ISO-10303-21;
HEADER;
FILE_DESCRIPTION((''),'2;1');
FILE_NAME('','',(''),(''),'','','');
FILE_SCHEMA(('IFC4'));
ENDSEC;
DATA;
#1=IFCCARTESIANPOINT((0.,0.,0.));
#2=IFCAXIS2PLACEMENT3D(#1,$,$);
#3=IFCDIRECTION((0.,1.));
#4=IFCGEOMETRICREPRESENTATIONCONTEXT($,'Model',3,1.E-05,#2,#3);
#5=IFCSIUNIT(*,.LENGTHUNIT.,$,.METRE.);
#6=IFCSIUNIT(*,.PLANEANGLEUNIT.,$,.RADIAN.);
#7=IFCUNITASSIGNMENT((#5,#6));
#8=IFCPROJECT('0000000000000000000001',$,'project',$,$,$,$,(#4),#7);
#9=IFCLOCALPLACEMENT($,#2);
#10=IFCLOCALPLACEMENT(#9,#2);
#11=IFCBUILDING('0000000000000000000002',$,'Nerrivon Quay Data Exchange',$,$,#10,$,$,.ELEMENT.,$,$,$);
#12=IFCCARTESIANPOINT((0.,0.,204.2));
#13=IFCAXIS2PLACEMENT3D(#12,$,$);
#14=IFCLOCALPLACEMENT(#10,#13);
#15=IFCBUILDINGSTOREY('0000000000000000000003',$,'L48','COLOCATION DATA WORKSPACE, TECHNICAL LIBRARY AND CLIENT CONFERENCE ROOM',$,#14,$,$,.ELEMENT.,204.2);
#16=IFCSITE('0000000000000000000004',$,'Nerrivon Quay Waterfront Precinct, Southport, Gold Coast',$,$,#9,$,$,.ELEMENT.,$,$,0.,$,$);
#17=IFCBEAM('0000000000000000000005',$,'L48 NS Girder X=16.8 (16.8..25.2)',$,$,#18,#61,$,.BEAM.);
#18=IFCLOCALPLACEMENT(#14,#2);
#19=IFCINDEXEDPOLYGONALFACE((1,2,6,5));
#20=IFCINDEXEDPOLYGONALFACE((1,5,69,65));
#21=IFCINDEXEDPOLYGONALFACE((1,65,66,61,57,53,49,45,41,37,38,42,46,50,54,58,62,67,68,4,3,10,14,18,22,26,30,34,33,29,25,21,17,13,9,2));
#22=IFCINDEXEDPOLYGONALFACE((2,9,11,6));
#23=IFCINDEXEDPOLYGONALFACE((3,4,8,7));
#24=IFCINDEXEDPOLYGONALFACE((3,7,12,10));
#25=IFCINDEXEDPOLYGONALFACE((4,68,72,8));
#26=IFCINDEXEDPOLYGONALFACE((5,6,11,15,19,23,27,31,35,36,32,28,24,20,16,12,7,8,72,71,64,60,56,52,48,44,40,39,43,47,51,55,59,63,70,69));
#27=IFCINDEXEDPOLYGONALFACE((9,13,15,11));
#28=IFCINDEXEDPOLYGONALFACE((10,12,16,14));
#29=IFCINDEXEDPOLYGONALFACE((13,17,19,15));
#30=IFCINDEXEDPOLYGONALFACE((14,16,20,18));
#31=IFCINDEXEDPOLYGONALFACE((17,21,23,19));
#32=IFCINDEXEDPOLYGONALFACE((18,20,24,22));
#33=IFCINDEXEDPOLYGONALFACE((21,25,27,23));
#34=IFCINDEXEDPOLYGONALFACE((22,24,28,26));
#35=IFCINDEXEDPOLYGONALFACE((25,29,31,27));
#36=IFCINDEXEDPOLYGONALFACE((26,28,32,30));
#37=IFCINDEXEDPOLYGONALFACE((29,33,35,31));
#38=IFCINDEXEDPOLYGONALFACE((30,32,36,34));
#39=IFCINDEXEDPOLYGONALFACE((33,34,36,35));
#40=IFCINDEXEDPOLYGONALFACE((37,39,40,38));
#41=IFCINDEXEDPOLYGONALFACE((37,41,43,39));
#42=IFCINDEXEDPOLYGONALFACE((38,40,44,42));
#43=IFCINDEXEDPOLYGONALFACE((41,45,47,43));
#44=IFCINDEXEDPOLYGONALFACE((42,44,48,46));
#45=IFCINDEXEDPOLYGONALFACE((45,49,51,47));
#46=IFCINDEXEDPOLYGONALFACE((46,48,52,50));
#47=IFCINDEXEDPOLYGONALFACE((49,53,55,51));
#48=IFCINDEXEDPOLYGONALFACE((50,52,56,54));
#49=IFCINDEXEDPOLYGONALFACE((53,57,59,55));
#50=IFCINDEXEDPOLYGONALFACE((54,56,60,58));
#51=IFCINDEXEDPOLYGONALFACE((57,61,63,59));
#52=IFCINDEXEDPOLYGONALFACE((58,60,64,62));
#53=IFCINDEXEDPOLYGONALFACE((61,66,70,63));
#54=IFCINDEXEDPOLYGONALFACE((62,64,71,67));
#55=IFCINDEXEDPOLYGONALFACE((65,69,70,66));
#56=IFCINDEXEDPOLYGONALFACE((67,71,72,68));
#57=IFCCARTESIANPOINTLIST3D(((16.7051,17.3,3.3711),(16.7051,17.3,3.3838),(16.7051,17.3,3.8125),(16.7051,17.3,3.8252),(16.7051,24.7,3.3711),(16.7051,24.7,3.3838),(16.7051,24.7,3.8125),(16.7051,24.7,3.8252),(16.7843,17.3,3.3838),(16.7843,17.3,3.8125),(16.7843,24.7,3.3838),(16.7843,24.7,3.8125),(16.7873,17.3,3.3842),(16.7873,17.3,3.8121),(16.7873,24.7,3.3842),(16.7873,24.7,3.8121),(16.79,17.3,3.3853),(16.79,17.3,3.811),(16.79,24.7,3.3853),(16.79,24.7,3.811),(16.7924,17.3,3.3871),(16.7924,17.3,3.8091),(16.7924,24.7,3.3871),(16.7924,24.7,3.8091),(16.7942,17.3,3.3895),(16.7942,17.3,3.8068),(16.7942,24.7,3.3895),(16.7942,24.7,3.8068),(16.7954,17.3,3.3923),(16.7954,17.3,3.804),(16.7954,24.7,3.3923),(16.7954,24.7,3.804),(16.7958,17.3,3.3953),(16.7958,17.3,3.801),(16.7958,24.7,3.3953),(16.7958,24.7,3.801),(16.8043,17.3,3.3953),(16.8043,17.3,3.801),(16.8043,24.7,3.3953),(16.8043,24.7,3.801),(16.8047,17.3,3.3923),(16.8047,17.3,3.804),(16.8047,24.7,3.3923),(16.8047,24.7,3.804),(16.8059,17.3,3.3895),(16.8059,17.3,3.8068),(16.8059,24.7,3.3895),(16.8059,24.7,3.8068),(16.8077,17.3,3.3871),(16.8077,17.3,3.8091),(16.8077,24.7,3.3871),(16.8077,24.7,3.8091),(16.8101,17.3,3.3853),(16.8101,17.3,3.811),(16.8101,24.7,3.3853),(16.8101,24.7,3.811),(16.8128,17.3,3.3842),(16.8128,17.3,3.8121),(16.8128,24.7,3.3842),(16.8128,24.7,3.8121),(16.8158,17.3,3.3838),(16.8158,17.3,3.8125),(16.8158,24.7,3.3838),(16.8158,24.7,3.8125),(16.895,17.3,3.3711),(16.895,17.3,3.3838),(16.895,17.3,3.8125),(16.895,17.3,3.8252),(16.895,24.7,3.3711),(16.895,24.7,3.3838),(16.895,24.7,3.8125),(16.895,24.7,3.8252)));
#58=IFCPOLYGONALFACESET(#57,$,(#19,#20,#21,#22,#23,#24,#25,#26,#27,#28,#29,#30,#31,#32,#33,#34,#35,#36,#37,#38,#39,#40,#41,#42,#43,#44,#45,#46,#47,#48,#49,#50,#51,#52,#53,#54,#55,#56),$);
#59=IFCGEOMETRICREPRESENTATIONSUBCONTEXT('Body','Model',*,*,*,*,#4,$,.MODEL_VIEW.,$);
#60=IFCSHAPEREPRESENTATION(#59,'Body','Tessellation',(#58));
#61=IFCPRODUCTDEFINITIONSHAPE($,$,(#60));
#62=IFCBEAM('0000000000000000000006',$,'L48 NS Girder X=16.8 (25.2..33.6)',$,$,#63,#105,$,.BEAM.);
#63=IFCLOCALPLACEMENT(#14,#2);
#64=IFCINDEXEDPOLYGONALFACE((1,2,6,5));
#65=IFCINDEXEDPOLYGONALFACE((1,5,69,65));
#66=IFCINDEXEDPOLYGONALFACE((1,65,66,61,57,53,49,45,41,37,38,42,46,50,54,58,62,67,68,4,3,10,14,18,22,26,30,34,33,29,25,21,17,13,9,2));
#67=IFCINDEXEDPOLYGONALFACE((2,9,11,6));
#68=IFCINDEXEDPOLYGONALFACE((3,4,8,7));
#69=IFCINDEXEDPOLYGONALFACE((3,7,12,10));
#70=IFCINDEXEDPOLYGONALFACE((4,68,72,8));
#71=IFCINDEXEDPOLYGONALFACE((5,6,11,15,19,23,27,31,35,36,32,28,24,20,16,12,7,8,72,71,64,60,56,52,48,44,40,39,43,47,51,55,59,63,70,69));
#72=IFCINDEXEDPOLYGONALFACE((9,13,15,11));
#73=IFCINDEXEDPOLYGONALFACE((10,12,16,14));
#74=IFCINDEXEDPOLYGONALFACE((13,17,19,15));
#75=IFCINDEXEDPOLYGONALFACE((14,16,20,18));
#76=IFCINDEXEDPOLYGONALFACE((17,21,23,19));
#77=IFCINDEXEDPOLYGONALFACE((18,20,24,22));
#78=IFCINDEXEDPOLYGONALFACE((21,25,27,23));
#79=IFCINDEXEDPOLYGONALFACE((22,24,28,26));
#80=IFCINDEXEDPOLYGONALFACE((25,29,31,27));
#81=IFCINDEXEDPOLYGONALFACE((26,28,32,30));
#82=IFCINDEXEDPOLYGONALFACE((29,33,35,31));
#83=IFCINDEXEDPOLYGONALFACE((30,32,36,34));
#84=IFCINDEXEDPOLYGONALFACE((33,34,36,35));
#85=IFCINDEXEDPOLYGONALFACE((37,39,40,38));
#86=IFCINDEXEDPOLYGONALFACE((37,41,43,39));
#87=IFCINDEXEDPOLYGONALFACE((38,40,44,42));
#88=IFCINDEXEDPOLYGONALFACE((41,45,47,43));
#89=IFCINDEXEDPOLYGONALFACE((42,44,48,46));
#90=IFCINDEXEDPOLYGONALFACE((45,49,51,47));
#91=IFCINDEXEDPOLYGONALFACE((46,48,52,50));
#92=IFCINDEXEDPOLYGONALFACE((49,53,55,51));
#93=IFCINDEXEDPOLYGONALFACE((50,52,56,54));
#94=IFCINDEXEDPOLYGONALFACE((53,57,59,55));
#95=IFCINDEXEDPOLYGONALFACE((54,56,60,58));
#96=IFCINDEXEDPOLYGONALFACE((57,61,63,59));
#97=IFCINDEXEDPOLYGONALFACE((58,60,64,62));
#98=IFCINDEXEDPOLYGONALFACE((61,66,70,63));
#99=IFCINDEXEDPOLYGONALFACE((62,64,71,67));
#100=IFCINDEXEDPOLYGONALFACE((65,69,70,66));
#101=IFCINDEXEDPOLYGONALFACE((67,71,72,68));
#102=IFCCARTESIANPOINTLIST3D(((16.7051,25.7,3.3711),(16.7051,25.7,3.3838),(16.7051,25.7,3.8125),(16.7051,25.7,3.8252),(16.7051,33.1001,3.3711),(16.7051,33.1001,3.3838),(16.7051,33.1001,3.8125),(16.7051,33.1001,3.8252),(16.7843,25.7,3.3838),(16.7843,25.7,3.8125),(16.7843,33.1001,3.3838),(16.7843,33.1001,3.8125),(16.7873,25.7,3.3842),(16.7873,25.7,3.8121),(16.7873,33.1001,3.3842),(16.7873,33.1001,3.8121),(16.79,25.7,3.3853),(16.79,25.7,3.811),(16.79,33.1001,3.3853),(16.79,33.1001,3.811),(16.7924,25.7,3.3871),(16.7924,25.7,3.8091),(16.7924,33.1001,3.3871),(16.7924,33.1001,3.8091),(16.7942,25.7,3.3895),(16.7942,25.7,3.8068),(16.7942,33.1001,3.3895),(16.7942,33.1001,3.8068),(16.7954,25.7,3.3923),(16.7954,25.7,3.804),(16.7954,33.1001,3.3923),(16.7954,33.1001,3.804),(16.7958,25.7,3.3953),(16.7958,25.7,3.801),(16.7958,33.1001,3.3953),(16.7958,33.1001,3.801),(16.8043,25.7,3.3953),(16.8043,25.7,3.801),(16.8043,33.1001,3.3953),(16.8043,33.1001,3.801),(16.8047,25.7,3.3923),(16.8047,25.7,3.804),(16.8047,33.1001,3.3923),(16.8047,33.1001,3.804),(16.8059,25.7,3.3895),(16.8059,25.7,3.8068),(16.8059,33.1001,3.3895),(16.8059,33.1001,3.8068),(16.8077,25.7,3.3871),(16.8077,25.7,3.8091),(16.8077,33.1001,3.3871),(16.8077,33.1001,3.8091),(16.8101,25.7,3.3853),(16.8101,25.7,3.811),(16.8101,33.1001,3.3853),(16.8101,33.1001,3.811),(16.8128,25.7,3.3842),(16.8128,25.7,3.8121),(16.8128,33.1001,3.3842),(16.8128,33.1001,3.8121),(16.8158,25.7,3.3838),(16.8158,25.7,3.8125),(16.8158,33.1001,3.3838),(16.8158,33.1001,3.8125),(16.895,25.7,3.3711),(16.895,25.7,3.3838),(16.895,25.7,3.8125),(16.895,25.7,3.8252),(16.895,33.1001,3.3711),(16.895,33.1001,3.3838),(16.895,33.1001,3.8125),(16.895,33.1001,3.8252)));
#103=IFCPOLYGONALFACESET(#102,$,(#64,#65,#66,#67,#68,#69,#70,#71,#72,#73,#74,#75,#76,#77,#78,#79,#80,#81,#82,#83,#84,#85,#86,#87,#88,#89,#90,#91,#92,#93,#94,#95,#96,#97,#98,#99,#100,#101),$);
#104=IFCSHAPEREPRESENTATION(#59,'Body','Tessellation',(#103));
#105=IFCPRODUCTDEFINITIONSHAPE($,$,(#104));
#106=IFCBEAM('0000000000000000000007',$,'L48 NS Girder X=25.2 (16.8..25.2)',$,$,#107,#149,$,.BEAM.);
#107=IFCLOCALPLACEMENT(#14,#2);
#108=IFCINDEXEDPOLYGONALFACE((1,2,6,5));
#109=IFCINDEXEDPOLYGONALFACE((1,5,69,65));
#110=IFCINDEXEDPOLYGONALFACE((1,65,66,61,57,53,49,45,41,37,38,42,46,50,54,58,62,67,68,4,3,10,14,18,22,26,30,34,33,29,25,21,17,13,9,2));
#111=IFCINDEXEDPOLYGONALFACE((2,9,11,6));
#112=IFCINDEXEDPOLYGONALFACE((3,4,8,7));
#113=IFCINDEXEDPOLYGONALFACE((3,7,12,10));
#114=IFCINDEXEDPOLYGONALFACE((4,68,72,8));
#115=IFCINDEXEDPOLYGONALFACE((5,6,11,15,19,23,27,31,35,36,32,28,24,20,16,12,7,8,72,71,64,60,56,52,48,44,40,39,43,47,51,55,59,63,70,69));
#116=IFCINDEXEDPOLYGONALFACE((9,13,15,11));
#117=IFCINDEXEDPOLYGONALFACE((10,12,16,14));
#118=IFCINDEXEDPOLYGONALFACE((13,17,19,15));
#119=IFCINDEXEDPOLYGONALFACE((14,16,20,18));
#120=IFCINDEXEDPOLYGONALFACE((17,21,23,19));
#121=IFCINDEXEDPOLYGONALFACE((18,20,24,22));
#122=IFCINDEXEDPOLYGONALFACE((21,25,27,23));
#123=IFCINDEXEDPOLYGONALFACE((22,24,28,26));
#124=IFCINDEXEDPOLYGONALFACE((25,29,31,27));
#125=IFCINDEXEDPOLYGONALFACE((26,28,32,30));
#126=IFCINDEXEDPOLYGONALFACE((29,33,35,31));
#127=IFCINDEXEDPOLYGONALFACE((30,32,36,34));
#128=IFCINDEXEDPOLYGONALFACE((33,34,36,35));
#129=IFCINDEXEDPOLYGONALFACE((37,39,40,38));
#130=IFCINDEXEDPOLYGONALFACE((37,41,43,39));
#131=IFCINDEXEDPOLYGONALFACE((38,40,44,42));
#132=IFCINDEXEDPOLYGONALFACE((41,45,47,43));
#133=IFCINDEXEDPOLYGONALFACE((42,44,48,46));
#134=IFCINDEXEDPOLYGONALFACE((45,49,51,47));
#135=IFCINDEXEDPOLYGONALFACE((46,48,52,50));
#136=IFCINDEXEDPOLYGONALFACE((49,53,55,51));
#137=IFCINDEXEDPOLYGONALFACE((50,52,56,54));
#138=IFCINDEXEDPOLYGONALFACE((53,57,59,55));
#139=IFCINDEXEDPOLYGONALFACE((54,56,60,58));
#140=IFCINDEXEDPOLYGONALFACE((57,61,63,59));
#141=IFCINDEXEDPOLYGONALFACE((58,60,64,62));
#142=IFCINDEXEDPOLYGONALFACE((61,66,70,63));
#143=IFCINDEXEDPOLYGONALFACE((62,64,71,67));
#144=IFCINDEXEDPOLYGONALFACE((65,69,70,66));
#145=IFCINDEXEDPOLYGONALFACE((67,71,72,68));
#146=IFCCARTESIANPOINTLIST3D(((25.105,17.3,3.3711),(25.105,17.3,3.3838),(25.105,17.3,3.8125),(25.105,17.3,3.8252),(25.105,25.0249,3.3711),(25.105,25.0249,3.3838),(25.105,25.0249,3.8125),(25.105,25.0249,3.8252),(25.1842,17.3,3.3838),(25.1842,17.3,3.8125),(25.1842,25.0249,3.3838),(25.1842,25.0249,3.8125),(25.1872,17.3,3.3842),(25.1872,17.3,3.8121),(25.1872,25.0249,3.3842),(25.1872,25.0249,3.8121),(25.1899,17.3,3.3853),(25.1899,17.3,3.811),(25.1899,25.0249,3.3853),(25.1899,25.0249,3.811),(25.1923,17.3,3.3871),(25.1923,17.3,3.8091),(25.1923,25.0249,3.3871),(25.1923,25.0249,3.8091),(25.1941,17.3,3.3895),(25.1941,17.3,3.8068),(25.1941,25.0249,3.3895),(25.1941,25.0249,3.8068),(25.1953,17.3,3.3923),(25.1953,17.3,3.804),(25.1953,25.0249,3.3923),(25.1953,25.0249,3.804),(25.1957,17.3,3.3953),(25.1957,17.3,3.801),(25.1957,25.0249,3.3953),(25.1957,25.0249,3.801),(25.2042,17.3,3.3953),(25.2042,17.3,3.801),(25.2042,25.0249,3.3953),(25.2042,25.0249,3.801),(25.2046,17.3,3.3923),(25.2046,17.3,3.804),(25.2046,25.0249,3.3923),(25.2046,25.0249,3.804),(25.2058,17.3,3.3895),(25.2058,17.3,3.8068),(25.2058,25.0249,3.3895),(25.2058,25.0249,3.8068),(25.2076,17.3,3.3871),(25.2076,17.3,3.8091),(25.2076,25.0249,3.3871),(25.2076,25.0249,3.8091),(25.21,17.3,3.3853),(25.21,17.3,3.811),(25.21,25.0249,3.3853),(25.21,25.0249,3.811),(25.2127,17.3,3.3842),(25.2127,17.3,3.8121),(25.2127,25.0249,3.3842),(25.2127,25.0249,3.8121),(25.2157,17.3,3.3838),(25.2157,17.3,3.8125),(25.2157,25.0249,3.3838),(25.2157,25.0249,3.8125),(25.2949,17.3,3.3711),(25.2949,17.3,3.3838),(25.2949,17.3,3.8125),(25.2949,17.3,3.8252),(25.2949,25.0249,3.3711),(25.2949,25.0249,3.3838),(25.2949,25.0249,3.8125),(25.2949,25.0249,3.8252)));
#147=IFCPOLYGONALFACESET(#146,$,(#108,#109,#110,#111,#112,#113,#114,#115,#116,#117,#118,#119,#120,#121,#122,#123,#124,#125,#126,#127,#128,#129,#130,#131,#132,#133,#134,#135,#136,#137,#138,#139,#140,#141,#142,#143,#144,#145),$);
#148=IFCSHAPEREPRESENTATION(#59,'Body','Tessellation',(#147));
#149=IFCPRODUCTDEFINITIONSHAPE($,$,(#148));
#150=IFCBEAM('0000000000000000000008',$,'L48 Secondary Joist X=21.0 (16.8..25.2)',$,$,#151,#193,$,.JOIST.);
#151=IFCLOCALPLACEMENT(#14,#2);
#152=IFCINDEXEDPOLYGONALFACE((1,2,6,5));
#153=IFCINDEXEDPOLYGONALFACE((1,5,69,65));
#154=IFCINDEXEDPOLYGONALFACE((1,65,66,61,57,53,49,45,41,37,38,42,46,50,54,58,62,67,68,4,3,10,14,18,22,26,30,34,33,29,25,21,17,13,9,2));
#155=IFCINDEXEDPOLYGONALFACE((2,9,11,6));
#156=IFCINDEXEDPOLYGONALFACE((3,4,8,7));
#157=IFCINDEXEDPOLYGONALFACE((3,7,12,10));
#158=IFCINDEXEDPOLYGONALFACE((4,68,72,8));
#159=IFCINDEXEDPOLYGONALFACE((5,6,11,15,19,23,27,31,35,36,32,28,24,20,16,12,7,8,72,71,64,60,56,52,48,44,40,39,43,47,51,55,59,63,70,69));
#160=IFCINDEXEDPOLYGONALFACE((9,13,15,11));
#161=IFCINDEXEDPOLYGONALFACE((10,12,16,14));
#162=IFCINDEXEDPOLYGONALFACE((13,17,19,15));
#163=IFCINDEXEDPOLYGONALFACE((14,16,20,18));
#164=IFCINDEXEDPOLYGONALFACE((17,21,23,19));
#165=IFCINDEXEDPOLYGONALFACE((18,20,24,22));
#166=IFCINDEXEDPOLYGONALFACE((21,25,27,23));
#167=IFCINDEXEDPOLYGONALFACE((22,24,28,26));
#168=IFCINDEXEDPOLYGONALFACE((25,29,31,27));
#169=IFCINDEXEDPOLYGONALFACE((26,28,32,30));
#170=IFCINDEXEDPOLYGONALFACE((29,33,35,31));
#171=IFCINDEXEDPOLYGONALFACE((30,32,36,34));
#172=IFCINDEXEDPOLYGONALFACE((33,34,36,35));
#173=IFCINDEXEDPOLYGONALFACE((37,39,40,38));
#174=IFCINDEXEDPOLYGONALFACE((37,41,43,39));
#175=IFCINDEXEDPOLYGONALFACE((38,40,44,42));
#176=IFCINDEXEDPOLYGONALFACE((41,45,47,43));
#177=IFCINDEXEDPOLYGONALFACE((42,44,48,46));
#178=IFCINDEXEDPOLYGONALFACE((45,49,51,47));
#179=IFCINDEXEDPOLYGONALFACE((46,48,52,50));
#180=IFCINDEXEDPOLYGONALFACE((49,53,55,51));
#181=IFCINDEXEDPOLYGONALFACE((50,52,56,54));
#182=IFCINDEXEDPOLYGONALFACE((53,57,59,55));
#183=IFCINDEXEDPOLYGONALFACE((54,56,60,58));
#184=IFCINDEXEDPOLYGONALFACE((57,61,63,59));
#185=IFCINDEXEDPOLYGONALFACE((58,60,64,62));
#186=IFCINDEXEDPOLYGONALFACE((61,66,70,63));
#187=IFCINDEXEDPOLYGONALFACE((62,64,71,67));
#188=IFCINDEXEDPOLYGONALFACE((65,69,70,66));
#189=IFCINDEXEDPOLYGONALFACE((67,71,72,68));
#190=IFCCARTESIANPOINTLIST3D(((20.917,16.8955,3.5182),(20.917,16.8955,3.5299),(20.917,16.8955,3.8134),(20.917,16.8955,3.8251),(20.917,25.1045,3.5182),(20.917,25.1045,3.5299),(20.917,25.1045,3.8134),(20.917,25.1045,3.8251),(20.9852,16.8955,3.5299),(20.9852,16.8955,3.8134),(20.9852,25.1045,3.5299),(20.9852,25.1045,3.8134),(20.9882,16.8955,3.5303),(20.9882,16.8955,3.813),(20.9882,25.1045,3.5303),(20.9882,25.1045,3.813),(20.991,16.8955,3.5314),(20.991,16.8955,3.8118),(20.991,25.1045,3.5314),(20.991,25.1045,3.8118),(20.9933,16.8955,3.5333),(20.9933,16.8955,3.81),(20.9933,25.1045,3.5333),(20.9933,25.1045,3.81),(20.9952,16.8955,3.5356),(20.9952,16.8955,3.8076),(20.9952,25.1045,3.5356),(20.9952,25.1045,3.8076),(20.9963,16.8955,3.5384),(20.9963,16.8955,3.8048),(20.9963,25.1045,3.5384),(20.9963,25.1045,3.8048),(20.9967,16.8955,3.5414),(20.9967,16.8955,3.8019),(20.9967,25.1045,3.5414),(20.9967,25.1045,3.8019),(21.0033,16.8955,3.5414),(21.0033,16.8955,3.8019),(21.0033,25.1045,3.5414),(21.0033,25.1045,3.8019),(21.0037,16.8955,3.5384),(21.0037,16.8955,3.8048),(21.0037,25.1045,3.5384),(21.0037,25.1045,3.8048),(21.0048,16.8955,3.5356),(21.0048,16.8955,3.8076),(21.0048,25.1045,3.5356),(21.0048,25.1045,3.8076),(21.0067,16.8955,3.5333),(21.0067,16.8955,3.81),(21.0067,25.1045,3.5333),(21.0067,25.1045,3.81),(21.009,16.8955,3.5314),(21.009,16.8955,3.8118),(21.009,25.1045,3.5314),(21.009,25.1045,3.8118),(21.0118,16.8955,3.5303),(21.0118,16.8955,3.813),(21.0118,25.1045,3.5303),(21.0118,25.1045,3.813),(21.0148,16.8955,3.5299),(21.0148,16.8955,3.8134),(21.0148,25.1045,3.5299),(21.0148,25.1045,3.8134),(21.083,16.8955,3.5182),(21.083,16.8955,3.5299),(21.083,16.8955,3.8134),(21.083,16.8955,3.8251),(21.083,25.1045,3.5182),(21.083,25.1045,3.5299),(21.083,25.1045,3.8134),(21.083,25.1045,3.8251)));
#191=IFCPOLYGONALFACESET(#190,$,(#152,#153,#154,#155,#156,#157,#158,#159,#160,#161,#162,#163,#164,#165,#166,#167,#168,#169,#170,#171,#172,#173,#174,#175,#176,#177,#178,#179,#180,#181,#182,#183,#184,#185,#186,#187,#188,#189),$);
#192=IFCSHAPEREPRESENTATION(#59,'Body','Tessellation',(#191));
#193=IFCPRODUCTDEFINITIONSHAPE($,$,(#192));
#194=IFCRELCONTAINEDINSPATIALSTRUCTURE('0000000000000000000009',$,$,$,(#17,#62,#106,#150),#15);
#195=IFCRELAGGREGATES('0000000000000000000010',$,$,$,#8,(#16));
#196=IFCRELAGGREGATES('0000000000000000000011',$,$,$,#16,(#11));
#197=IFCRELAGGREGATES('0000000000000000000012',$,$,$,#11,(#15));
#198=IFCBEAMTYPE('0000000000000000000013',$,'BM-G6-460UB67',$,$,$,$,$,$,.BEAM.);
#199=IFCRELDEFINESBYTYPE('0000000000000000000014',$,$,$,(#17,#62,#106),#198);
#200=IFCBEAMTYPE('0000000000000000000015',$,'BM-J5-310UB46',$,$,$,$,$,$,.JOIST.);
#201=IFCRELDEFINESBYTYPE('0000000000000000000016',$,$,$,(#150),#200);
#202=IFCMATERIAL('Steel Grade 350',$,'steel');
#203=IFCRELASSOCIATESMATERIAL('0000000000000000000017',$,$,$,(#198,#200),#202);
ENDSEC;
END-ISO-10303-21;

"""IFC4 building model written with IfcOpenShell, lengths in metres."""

from ifc_helpers import new_model, si_unit, direction, frame, origin, origin_2d, place, context, subcontext, project, spatial, i_section, extrude, material, material_profile, profile_set, type_object, element, save


model = new_model("IFC4")

# Units and contexts
model_context = context("Model", 3, precision=1e-05, world=origin(), true_north=direction((0.0, 1.0)))
body_context = subcontext(model_context, "Body", "Model", "MODEL_VIEW")
ifc_project = project(units=[si_unit("LENGTHUNIT", "METRE"), si_unit("PLANEANGLEUNIT", "RADIAN")], contexts=[model_context])

# Site, building, storey
site_placement = place(None, origin())
site = spatial("IfcSite", under=ifc_project, at=site_placement, Name="Nerrivon Quay Waterfront Precinct, Southport, Gold Coast", CompositionType="ELEMENT", RefElevation=0.0)
building_placement = place(site_placement, origin())
building = spatial("IfcBuilding", under=site, at=building_placement, Name="Nerrivon Quay Data Exchange", CompositionType="ELEMENT")
storey_placement = place(building_placement, frame((0.0, 0.0, 204.2)))
storey = spatial("IfcBuildingStorey", under=building, at=storey_placement, Name="L48", Description="COLOCATION DATA WORKSPACE, TECHNICAL LIBRARY AND CLIENT CONFERENCE ROOM", CompositionType="ELEMENT", Elevation=204.2)

# Shared definitions
ifc_material_1 = material(Name="Steel Grade 350", Category="steel")

# Beams
ifc_material_profile_1 = material_profile(ifc_material_1, i_section(OverallWidth=0.1899, OverallDepth=0.4541, WebThickness=0.0085, FlangeThickness=0.0127, FilletRadius=0.0115, at=origin_2d()), Name="460UB67.1")
ifc_profile_set_1 = profile_set([ifc_material_profile_1], Name="Steel Grade 350")
beam_type_1 = type_object("IfcBeamType", Name="BM-G6-460UB67", PredefinedType="BEAM", material=ifc_profile_set_1)
beam_1_placement = place(storey_placement, frame((16.8, 17.3, 3.5981), z_axis=(0.0, 1.0, 0.0), x_axis=(-1.0, 0.0, 0.0)))
element("IfcBeam", 1, at=beam_1_placement, inside=storey, type_object=beam_type_1, Name="L48 NS Girder X=16.8 (16.8..25.2)", PredefinedType="BEAM", context=body_context, shape_type="SweptSolid", body=[
    extrude(i_section(OverallWidth=0.1899, OverallDepth=0.4541, WebThickness=0.0085, FlangeThickness=0.0127, FilletRadius=0.0115, at=origin_2d()), origin(), (0.0, 0.0, 1.0), 7.3999),
])
beam_2_placement = place(storey_placement, frame((16.8, 25.7, 3.5981), z_axis=(0.0, 1.0, 0.0), x_axis=(-1.0, 0.0, 0.0)))
element("IfcBeam", 2, at=beam_2_placement, inside=storey, type_object=beam_type_1, Name="L48 NS Girder X=16.8 (25.2..33.6)", PredefinedType="BEAM", context=body_context, shape_type="SweptSolid", body=[
    extrude(i_section(OverallWidth=0.1899, OverallDepth=0.4541, WebThickness=0.0085, FlangeThickness=0.0127, FilletRadius=0.0115, at=origin_2d()), origin(), (0.0, 0.0, 1.0), 7.4001),
])
beam_3_placement = place(storey_placement, frame((25.2, 17.3, 3.5981), z_axis=(0.0, 1.0, 0.0), x_axis=(-1.0, 0.0, 0.0)))
element("IfcBeam", 3, at=beam_3_placement, inside=storey, type_object=beam_type_1, Name="L48 NS Girder X=25.2 (16.8..25.2)", PredefinedType="BEAM", context=body_context, shape_type="SweptSolid", body=[
    extrude(i_section(OverallWidth=0.1899, OverallDepth=0.4541, WebThickness=0.0085, FlangeThickness=0.0127, FilletRadius=0.0115, at=origin_2d()), origin(), (0.0, 0.0, 1.0), 7.7249),
])
ifc_material_profile_2 = material_profile(ifc_material_1, i_section(OverallWidth=0.166, OverallDepth=0.3069, WebThickness=0.0066, FlangeThickness=0.0117, FilletRadius=0.0115, at=origin_2d()), Name="310UB46.2")
ifc_profile_set_2 = profile_set([ifc_material_profile_2], Name="Steel Grade 350")
beam_type_2 = type_object("IfcBeamType", Name="BM-J5-310UB46", PredefinedType="JOIST", material=ifc_profile_set_2)
for number, where, z_axis, x_axis, name in (
    (4, (21.0, 16.8955, 3.6716), (0.0, 1.0, 0.0), (-1.0, 0.0, 0.0), "L48 Secondary Joist X=21.0 (16.8..25.2)"),
):
    element("IfcBeam", number, at=place(storey_placement, frame(where, z_axis=z_axis, x_axis=x_axis)), inside=storey, type_object=beam_type_2, Name=name, PredefinedType="JOIST", context=body_context, shape_type="SweptSolid", body=[
        extrude(i_section(OverallWidth=0.166, OverallDepth=0.3069, WebThickness=0.0066, FlangeThickness=0.0117, FilletRadius=0.0115, at=origin_2d()), origin(), (0.0, 0.0, 1.0), 8.209),
    ])

save(model, "model.ifc")
